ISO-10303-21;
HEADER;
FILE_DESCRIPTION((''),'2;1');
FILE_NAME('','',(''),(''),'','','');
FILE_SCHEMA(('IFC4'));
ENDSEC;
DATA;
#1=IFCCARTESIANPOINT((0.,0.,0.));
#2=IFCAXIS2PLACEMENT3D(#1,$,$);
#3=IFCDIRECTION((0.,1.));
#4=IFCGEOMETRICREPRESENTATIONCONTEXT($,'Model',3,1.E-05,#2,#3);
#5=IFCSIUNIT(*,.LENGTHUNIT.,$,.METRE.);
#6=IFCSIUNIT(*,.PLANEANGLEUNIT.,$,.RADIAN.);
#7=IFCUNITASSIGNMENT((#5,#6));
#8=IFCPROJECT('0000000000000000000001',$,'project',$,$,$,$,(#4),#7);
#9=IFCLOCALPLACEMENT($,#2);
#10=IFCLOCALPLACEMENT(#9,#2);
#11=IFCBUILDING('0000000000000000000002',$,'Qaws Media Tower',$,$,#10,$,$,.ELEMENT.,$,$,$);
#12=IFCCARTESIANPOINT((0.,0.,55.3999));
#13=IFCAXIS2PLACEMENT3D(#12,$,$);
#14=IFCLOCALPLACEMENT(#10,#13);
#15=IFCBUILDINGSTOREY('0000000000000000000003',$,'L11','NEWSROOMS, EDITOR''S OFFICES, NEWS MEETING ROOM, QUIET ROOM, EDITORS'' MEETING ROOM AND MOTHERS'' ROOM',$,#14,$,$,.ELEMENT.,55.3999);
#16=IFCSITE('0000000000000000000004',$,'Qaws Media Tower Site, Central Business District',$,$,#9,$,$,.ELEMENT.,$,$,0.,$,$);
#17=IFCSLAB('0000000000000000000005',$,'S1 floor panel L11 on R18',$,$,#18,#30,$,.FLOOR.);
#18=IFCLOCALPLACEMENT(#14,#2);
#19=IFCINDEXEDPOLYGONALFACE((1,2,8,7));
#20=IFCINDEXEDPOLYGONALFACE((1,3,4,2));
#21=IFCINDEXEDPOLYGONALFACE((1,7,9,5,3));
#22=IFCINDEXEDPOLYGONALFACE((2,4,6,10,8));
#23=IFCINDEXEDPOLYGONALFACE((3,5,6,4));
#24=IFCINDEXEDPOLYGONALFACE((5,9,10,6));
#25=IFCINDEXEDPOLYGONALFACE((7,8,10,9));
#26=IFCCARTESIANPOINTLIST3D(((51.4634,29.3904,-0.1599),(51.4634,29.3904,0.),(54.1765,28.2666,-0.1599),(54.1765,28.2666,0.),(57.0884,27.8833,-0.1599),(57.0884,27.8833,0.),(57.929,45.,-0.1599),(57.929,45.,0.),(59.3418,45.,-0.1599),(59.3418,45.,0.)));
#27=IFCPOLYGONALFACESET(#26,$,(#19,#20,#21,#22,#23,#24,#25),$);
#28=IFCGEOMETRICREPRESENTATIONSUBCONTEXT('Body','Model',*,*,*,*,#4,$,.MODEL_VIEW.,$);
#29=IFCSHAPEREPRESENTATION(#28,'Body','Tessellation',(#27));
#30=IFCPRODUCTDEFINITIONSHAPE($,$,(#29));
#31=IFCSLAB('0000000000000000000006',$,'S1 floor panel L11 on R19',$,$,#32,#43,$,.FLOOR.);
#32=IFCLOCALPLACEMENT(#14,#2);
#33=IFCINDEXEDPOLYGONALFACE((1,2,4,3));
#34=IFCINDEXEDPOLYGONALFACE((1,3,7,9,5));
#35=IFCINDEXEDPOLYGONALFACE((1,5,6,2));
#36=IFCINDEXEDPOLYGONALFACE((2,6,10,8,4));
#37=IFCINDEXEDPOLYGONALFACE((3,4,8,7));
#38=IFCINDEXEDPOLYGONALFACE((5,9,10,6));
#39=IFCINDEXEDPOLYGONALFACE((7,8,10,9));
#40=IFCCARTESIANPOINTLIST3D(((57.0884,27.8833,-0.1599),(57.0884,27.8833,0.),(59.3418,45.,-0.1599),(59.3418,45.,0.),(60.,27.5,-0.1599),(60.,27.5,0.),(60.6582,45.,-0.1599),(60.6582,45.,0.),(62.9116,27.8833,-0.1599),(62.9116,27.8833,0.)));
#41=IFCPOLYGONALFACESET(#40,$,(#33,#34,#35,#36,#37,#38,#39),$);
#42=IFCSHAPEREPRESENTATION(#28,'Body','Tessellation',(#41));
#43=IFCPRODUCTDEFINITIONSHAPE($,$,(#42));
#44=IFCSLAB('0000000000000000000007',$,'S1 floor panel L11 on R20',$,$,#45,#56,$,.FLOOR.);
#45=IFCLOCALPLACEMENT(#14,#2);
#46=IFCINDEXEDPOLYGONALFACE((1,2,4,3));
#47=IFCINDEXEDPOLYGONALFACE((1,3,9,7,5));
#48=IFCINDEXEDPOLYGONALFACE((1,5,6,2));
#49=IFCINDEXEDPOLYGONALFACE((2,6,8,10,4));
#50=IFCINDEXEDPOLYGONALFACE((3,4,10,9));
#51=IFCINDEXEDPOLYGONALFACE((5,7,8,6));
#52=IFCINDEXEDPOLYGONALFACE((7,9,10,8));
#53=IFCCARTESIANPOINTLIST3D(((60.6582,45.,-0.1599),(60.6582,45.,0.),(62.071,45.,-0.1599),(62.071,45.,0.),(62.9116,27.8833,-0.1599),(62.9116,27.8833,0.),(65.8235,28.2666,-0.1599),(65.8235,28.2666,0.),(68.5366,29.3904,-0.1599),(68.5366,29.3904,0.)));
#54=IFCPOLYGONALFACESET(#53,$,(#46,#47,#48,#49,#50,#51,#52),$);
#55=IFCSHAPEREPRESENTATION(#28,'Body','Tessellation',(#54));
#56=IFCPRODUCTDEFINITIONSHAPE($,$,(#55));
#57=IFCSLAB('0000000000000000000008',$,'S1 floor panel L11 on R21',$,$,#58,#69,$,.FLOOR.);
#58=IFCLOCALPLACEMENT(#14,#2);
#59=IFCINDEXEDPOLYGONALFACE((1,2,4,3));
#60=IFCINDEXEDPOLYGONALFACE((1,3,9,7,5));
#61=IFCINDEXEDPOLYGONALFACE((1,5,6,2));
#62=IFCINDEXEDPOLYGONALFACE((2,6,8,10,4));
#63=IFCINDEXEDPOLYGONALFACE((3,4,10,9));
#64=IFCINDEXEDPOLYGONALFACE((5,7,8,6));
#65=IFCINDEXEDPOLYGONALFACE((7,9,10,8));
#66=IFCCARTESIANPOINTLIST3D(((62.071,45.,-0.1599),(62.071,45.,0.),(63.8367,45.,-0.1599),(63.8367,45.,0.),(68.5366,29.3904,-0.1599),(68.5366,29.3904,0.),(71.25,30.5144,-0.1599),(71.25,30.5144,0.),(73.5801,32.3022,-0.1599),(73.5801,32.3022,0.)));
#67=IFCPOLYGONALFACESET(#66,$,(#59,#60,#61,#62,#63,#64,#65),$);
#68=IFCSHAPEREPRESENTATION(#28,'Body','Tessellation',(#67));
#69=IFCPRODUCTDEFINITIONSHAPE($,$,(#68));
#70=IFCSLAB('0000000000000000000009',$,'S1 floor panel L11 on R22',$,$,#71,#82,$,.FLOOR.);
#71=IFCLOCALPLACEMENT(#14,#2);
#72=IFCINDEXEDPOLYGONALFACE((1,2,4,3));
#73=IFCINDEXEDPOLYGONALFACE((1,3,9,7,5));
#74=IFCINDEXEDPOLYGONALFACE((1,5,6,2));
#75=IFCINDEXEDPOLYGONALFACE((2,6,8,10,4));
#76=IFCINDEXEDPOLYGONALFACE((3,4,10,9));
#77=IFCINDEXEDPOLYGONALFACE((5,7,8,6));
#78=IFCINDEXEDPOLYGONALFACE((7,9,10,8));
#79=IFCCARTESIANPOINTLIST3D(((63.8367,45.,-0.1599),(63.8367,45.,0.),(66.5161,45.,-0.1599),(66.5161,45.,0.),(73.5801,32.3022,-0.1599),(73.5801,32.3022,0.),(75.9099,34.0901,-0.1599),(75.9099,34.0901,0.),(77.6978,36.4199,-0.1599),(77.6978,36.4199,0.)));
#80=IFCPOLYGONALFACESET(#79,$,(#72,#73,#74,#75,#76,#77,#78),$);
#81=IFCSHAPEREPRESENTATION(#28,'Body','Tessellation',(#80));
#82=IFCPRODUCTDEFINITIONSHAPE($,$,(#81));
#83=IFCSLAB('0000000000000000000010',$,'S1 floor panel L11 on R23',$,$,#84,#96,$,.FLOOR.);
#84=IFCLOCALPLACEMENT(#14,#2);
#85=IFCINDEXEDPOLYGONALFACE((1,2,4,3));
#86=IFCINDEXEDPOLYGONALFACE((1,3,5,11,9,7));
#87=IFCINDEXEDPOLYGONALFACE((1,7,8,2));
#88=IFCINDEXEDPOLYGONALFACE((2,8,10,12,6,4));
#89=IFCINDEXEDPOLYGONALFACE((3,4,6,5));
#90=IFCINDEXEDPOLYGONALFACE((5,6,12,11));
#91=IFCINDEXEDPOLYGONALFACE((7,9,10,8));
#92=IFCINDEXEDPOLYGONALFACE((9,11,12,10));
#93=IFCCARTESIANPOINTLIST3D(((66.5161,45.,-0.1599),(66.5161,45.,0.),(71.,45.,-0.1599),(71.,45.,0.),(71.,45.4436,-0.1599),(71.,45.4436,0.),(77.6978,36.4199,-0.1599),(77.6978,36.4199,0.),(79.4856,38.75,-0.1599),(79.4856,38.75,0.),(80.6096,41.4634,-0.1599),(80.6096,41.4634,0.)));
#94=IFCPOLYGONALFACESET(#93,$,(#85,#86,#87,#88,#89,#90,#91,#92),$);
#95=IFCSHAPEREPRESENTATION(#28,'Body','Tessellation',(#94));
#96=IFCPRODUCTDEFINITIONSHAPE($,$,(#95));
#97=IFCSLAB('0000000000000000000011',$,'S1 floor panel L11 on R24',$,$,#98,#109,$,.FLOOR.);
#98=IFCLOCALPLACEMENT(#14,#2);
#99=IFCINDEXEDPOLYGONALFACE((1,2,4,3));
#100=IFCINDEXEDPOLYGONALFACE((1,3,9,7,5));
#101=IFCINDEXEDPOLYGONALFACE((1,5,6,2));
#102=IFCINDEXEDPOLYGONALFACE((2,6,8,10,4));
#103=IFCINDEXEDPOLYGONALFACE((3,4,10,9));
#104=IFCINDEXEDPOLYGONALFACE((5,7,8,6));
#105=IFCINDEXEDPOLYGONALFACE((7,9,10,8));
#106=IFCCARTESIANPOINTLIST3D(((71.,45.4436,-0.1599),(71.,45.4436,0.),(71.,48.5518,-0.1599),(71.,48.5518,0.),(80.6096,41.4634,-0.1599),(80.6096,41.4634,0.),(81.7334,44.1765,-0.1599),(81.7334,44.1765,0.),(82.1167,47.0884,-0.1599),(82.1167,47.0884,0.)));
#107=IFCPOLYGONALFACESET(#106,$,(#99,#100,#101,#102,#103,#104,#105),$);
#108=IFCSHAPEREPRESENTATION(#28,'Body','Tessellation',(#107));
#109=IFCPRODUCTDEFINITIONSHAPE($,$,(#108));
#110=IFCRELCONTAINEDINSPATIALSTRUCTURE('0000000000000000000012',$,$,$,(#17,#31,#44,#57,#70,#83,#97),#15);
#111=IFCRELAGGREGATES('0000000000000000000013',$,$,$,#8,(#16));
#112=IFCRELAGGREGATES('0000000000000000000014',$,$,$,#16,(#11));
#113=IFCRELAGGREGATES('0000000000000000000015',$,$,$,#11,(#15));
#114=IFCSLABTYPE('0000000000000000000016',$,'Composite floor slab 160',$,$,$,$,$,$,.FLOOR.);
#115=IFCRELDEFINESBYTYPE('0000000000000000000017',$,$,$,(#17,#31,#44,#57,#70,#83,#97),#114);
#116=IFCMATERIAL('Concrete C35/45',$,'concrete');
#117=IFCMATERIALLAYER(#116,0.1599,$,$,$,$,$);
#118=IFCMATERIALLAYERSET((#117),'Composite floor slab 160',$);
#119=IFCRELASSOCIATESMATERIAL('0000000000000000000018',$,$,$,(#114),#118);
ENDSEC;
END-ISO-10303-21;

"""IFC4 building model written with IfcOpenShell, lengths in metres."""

from ifc_helpers import new_model, si_unit, direction, frame, origin, place, context, subcontext, project, spatial, polyline, outline, extrude, material, layer, layer_set, type_object, element, save


model = new_model("IFC4")

# Units and contexts
model_context = context("Model", 3, precision=1e-05, world=origin(), true_north=direction((0.0, 1.0)))
body_context = subcontext(model_context, "Body", "Model", "MODEL_VIEW")
ifc_project = project(units=[si_unit("LENGTHUNIT", "METRE"), si_unit("PLANEANGLEUNIT", "RADIAN")], contexts=[model_context])

# Site, building, storey
site_placement = place(None, origin())
site = spatial("IfcSite", under=ifc_project, at=site_placement, Name="Qaws Media Tower Site, Central Business District", CompositionType="ELEMENT", RefElevation=0.0)
building_placement = place(site_placement, origin())
building = spatial("IfcBuilding", under=site, at=building_placement, Name="Qaws Media Tower", CompositionType="ELEMENT")
storey_placement = place(building_placement, frame((0.0, 0.0, 55.3999)))
storey = spatial("IfcBuildingStorey", under=building, at=storey_placement, Name="L11", Description="NEWSROOMS, EDITOR'S OFFICES, NEWS MEETING ROOM, QUIET ROOM, EDITORS' MEETING ROOM AND MOTHERS' ROOM", CompositionType="ELEMENT", Elevation=55.3999)

# Slabs
ifc_material_1 = material(Name="Concrete C35/45", Category="concrete")
ifc_layer_1 = layer(ifc_material_1, 0.1599)
ifc_layer_set_1 = layer_set([ifc_layer_1], Name="Composite floor slab 160")
slab_type_1 = type_object("IfcSlabType", Name="Composite floor slab 160", PredefinedType="FLOOR", material=ifc_layer_set_1)
slab_1_placement = place(storey_placement, frame((0.0, 0.0, -0.1599)))
element("IfcSlab", 1, at=slab_1_placement, inside=storey, type_object=slab_type_1, Name="S1 floor panel L11 on R18", PredefinedType="FLOOR", context=body_context, shape_type="SweptSolid", body=[
    extrude(outline(polyline([(54.1765, 28.2666), (51.4634, 29.3904), (57.929, 45.0), (59.3418, 45.0), (57.0884, 27.8833), (54.1765, 28.2666)])), origin(), (0.0, 0.0, 1.0), 0.1599),
])
slab_2_placement = place(storey_placement, frame((0.0, 0.0, -0.1599)))
element("IfcSlab", 2, at=slab_2_placement, inside=storey, type_object=slab_type_1, Name="S1 floor panel L11 on R19", PredefinedType="FLOOR", context=body_context, shape_type="SweptSolid", body=[
    extrude(outline(polyline([(60.0, 27.5), (57.0884, 27.8833), (59.3418, 45.0), (60.6582, 45.0), (62.9116, 27.8833), (60.0, 27.5)])), origin(), (0.0, 0.0, 1.0), 0.1599),
])
slab_3_placement = place(storey_placement, frame((0.0, 0.0, -0.1599)))
element("IfcSlab", 3, at=slab_3_placement, inside=storey, type_object=slab_type_1, Name="S1 floor panel L11 on R20", PredefinedType="FLOOR", context=body_context, shape_type="SweptSolid", body=[
    extrude(outline(polyline([(65.8235, 28.2666), (62.9116, 27.8833), (60.6582, 45.0), (62.071, 45.0), (68.5366, 29.3904), (65.8235, 28.2666)])), origin(), (0.0, 0.0, 1.0), 0.1599),
])
slab_4_placement = place(storey_placement, frame((0.0, 0.0, -0.1599)))
element("IfcSlab", 4, at=slab_4_placement, inside=storey, type_object=slab_type_1, Name="S1 floor panel L11 on R21", PredefinedType="FLOOR", context=body_context, shape_type="SweptSolid", body=[
    extrude(outline(polyline([(71.25, 30.5144), (68.5366, 29.3904), (62.071, 45.0), (63.8367, 45.0), (73.5801, 32.3022), (71.25, 30.5144)])), origin(), (0.0, 0.0, 1.0), 0.1599),
])
slab_5_placement = place(storey_placement, frame((0.0, 0.0, -0.1599)))
element("IfcSlab", 5, at=slab_5_placement, inside=storey, type_object=slab_type_1, Name="S1 floor panel L11 on R22", PredefinedType="FLOOR", context=body_context, shape_type="SweptSolid", body=[
    extrude(outline(polyline([(75.9099, 34.0901), (73.5801, 32.3022), (63.8367, 45.0), (66.5161, 45.0), (77.6978, 36.4199), (75.9099, 34.0901)])), origin(), (0.0, 0.0, 1.0), 0.1599),
])
slab_6_placement = place(storey_placement, frame((0.0, 0.0, -0.1599)))
element("IfcSlab", 6, at=slab_6_placement, inside=storey, type_object=slab_type_1, Name="S1 floor panel L11 on R23", PredefinedType="FLOOR", context=body_context, shape_type="SweptSolid", body=[
    extrude(outline(polyline([(79.4856, 38.75), (77.6978, 36.4199), (66.5161, 45.0), (71.0, 45.0), (71.0, 45.4436), (80.6096, 41.4634), (79.4856, 38.75)])), origin(), (0.0, 0.0, 1.0), 0.1599),
])
slab_7_placement = place(storey_placement, frame((0.0, 0.0, -0.1599)))
element("IfcSlab", 7, at=slab_7_placement, inside=storey, type_object=slab_type_1, Name="S1 floor panel L11 on R24", PredefinedType="FLOOR", context=body_context, shape_type="SweptSolid", body=[
    extrude(outline(polyline([(80.6096, 41.4634), (71.0, 45.4436), (71.0, 48.5518), (82.1167, 47.0884), (81.7334, 44.1765), (80.6096, 41.4634)])), origin(), (0.0, 0.0, 1.0), 0.1599),
])

save(model, "model.ifc")
